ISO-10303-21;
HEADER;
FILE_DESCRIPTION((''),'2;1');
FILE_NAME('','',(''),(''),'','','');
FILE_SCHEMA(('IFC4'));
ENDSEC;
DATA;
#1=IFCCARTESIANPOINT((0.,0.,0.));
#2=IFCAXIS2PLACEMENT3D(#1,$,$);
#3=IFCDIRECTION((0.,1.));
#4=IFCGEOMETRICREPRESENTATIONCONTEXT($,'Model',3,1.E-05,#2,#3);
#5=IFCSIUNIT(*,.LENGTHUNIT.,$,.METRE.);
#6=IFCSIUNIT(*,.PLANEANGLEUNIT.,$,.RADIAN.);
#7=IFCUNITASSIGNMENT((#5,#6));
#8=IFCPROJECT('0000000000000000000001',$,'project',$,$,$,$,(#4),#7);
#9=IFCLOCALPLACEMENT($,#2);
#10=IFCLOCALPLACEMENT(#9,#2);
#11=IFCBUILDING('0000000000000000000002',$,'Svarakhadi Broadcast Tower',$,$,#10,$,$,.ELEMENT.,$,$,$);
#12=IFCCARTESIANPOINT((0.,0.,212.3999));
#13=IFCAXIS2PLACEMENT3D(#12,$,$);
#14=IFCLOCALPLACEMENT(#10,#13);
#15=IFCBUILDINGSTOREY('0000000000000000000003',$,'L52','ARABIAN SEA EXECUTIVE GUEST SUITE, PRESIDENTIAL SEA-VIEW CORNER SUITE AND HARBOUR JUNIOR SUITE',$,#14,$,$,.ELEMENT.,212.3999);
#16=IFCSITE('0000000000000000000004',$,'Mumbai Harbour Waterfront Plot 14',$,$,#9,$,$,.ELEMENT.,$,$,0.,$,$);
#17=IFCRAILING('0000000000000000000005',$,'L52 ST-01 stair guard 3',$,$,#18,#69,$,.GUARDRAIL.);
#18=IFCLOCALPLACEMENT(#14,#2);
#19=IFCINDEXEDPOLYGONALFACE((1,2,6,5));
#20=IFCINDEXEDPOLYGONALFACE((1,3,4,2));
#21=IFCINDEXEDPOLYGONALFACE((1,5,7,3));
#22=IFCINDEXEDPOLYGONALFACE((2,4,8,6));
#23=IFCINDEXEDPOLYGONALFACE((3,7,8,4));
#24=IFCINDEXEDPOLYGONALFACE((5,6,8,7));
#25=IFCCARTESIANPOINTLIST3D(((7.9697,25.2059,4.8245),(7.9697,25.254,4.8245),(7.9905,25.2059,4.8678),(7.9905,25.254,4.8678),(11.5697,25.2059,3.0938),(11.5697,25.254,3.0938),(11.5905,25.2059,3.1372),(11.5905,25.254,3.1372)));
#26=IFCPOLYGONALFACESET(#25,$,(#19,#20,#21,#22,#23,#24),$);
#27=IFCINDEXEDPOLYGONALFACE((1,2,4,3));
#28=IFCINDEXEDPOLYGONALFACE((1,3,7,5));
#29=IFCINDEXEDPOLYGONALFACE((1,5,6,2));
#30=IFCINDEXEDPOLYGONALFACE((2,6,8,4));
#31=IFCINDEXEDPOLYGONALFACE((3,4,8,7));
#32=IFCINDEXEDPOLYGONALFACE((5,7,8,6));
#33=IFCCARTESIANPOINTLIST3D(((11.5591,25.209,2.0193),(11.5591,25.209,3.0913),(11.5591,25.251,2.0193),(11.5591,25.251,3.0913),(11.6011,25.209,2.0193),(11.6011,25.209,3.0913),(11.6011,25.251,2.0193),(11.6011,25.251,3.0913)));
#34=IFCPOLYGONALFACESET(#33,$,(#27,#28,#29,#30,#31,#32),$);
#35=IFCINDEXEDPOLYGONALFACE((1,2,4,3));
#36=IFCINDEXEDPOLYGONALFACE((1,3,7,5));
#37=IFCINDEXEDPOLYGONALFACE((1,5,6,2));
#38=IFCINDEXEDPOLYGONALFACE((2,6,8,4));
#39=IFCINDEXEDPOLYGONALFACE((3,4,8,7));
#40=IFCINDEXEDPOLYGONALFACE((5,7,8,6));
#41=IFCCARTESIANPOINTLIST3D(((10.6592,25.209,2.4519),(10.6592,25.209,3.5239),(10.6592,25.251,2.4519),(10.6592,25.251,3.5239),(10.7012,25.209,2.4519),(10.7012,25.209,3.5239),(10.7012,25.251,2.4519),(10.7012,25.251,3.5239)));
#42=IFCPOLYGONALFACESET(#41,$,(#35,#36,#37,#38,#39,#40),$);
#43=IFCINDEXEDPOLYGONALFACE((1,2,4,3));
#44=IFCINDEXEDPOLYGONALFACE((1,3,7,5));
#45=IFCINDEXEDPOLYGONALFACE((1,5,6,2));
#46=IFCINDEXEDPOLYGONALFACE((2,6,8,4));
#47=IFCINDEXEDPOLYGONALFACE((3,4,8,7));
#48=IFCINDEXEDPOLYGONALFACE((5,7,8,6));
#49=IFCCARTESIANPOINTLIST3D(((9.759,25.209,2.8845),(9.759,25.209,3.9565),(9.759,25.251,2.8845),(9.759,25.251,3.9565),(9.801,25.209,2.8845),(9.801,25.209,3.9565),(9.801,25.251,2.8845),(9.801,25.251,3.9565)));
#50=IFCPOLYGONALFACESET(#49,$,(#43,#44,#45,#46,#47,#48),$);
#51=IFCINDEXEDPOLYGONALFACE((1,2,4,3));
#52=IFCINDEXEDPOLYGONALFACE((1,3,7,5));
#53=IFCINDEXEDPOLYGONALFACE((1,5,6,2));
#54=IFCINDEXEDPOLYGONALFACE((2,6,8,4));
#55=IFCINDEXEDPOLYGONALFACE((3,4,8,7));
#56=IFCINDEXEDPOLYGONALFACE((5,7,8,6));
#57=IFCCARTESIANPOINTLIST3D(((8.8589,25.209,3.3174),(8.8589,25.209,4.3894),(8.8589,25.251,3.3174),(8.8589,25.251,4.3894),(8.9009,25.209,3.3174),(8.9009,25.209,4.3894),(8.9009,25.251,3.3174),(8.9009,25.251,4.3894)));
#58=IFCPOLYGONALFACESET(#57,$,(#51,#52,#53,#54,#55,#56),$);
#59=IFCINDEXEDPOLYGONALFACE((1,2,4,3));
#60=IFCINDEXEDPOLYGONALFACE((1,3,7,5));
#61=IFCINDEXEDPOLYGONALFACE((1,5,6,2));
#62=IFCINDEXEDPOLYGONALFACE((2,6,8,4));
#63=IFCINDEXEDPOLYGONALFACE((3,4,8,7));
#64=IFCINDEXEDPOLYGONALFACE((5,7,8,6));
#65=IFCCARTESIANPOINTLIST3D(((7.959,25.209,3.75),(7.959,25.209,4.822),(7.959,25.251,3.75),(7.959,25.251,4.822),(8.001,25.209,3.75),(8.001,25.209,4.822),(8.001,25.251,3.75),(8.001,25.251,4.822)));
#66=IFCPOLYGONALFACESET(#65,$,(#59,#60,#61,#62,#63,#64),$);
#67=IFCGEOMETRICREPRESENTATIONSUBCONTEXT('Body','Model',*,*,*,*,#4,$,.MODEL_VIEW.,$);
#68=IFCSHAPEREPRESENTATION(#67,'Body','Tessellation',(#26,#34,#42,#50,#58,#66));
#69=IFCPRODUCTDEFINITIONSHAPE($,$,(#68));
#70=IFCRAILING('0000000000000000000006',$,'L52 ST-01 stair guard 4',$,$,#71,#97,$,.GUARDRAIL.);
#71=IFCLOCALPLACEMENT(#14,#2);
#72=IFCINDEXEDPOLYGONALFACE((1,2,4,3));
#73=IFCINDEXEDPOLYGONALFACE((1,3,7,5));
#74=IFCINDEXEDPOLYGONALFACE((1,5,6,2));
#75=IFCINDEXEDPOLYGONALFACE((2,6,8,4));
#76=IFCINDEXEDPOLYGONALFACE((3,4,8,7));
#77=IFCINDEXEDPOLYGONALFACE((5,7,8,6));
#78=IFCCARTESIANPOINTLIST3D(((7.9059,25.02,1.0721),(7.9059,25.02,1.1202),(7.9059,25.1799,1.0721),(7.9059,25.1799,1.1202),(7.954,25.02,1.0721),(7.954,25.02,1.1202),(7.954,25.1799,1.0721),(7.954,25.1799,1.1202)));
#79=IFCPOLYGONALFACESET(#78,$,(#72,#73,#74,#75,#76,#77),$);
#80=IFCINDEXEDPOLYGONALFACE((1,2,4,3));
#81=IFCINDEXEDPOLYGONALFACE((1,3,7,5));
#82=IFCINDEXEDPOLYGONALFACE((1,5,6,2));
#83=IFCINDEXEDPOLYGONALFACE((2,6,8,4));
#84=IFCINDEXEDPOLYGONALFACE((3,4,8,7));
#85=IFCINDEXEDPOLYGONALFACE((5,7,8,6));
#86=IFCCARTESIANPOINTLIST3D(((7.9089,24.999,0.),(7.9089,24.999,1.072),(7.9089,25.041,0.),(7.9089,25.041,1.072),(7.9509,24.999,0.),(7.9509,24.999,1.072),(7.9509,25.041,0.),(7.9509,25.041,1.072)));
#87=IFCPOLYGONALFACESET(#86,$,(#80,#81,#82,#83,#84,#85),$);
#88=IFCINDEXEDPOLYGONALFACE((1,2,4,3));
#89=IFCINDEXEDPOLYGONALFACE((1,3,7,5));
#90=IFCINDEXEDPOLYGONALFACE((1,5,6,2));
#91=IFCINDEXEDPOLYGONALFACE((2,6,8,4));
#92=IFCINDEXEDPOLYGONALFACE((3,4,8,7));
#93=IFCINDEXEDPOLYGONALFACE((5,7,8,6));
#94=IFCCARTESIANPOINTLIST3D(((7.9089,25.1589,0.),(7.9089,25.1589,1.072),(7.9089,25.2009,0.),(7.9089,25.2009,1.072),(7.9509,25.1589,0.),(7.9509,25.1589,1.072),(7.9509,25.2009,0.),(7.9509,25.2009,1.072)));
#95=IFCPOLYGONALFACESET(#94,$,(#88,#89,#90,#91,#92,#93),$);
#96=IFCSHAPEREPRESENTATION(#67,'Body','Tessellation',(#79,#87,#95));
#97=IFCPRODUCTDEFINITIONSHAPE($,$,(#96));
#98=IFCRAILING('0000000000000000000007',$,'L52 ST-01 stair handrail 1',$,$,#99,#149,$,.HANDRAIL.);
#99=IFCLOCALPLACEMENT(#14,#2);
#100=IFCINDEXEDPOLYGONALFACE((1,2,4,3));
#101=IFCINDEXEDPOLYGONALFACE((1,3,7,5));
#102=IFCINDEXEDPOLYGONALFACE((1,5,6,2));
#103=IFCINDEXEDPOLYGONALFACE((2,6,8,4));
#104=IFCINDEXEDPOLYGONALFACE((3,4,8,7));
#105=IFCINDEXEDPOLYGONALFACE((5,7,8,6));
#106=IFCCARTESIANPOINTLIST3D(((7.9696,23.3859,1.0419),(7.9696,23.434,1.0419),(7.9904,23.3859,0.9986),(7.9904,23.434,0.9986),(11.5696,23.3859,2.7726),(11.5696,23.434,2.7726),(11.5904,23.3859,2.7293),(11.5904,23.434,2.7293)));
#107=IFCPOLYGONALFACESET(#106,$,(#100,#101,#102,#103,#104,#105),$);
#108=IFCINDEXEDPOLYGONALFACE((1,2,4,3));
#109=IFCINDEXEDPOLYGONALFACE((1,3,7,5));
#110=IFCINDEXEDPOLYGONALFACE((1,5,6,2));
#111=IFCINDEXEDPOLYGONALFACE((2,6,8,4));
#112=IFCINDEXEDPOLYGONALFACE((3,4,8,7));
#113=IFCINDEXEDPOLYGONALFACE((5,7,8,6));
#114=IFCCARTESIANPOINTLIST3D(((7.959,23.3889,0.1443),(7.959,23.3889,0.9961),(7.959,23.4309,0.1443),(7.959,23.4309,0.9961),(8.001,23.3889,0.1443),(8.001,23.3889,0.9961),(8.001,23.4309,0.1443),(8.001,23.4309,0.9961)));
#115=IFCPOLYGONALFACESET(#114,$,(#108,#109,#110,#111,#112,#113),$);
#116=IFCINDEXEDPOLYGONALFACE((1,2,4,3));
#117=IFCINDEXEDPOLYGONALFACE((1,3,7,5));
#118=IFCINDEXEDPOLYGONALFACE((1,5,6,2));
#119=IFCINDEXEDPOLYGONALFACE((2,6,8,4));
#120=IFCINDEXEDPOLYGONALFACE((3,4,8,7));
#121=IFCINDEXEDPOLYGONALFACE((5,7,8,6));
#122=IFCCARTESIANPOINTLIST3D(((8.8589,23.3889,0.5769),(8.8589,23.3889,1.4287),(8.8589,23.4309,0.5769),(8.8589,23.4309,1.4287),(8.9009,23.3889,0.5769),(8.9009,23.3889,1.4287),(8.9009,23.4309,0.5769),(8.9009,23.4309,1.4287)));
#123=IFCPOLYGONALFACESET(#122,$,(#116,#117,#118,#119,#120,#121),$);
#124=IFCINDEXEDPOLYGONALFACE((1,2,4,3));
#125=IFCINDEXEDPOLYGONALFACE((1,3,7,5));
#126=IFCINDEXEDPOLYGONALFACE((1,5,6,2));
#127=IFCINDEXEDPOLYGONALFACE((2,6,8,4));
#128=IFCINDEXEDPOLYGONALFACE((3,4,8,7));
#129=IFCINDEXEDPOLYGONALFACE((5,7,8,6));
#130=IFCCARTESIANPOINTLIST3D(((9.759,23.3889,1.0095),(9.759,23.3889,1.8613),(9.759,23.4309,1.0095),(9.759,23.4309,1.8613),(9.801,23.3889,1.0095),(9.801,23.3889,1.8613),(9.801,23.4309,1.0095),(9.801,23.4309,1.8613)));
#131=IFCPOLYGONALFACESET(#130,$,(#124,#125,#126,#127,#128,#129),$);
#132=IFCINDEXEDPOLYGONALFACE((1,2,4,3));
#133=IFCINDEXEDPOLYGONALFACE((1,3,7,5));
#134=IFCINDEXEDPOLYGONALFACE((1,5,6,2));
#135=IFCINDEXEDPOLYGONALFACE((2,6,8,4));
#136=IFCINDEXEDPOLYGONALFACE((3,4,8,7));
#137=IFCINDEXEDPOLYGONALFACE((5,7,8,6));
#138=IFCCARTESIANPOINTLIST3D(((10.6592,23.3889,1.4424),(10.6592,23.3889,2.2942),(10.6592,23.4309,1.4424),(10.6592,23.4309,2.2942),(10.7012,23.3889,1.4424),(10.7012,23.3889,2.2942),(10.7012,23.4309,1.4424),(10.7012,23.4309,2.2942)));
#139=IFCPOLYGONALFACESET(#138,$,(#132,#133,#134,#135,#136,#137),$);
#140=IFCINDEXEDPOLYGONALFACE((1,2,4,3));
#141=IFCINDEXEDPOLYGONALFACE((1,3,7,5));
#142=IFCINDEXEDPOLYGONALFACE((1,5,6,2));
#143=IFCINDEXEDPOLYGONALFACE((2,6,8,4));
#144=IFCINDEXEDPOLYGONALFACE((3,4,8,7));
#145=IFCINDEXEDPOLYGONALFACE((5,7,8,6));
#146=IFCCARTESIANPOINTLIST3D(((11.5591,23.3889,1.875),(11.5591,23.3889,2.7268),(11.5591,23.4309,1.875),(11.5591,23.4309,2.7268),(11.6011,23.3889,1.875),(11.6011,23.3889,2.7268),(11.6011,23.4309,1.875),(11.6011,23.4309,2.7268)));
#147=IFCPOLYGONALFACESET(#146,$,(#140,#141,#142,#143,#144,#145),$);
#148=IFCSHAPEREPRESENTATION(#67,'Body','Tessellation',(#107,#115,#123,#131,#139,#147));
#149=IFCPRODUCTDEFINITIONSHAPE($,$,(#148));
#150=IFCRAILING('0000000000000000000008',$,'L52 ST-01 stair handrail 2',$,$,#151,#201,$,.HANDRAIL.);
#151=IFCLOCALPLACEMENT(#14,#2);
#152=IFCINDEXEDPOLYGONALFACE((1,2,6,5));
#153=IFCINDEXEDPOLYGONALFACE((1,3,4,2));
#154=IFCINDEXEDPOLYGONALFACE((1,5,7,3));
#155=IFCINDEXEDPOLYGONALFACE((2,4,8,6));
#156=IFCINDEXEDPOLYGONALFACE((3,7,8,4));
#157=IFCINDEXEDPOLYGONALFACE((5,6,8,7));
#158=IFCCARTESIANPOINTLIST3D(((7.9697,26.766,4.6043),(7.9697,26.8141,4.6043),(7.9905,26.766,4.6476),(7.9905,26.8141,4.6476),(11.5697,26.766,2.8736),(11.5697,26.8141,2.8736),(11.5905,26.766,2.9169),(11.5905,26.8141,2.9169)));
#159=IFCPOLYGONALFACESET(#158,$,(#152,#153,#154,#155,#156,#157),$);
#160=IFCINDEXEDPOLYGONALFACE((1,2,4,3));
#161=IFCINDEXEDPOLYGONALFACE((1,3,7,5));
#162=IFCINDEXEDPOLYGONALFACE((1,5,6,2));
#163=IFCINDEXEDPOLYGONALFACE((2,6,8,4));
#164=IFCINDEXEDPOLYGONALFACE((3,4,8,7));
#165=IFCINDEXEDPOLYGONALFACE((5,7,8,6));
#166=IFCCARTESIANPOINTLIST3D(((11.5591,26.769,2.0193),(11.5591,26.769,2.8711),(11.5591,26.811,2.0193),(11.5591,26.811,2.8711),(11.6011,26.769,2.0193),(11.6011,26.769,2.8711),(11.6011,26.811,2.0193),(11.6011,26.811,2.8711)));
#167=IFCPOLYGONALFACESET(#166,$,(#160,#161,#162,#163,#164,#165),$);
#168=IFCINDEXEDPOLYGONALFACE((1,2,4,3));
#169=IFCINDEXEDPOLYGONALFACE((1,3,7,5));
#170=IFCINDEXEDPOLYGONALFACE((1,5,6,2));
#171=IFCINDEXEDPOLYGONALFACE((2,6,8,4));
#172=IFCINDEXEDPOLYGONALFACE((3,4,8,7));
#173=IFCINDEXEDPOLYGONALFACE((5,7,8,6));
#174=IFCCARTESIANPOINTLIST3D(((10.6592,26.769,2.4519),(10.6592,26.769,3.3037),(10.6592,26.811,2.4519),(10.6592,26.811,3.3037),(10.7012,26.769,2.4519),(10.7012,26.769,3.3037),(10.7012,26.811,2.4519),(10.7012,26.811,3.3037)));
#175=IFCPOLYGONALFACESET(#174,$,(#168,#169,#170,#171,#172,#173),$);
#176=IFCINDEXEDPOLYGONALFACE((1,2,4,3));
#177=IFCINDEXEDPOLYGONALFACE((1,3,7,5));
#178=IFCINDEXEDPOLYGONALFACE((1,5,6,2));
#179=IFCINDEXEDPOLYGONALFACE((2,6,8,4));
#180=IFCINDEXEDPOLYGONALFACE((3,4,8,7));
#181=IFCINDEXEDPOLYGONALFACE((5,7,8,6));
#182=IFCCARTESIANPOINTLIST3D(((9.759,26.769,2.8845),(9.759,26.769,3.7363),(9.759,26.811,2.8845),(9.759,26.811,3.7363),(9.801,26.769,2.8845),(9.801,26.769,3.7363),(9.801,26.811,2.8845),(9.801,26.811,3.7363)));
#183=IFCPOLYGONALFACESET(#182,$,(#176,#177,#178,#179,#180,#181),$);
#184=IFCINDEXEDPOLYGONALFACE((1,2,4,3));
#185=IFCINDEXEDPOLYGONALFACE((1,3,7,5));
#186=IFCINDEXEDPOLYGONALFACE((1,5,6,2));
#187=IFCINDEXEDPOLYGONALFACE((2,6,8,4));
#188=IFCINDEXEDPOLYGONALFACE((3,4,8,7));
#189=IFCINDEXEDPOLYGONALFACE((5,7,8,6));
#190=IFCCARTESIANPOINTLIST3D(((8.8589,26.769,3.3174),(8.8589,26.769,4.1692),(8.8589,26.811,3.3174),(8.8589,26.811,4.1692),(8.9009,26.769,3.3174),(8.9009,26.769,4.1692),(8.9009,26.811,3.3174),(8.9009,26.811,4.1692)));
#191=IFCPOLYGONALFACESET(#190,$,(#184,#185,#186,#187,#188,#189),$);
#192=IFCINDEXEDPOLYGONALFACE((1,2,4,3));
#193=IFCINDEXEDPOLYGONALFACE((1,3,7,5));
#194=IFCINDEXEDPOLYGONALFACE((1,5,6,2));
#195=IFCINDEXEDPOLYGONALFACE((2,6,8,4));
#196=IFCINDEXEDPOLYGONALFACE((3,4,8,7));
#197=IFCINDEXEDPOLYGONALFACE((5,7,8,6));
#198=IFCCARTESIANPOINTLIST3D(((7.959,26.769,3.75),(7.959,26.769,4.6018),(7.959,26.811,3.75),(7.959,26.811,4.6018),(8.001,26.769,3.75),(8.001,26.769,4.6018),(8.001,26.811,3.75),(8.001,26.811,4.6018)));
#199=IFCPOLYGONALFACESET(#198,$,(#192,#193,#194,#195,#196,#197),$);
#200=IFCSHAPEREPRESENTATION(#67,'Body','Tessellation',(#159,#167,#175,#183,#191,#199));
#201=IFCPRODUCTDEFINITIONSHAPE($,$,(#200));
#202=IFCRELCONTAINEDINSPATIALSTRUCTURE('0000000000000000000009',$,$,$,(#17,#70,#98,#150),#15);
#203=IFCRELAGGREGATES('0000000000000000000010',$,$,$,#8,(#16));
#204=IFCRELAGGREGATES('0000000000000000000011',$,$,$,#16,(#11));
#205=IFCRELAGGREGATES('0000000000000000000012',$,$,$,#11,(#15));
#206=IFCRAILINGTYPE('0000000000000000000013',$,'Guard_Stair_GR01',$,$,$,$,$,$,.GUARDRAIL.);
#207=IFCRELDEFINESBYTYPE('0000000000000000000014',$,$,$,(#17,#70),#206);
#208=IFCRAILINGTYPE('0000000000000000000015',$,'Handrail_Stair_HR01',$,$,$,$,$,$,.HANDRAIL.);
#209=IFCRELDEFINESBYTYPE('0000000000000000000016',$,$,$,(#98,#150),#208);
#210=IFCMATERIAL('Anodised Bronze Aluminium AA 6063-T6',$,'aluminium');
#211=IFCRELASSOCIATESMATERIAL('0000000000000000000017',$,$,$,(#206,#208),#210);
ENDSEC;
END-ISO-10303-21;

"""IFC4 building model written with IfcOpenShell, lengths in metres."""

from ifc_helpers import new_model, si_unit, direction, frame, origin, origin_2d, place, context, subcontext, project, spatial, rectangle, extrude, material, type_object, element, save


model = new_model("IFC4")

# Units and contexts
model_context = context("Model", 3, precision=1e-05, world=origin(), true_north=direction((0.0, 1.0)))
body_context = subcontext(model_context, "Body", "Model", "MODEL_VIEW")
ifc_project = project(units=[si_unit("LENGTHUNIT", "METRE"), si_unit("PLANEANGLEUNIT", "RADIAN")], contexts=[model_context])

# Site, building, storey
site_placement = place(None, origin())
site = spatial("IfcSite", under=ifc_project, at=site_placement, Name="Mumbai Harbour Waterfront Plot 14", CompositionType="ELEMENT", RefElevation=0.0)
building_placement = place(site_placement, origin())
building = spatial("IfcBuilding", under=site, at=building_placement, Name="Svarakhadi Broadcast Tower", CompositionType="ELEMENT")
storey_placement = place(building_placement, frame((0.0, 0.0, 212.3999)))
storey = spatial("IfcBuildingStorey", under=building, at=storey_placement, Name="L52", Description="ARABIAN SEA EXECUTIVE GUEST SUITE, PRESIDENTIAL SEA-VIEW CORNER SUITE AND HARBOUR JUNIOR SUITE", CompositionType="ELEMENT", Elevation=212.3999)

# Railings
ifc_material_1 = material(Name="Anodised Bronze Aluminium AA 6063-T6", Category="aluminium")
railing_type_1 = type_object("IfcRailingType", Name="Guard_Stair_GR01", PredefinedType="GUARDRAIL", material=ifc_material_1)
railing_1_placement = place(storey_placement, frame((11.5801, 25.23, 2.0193)))
element("IfcRailing", 1, at=railing_1_placement, inside=storey, type_object=railing_type_1, Name="L52 ST-01 stair guard 3", PredefinedType="GUARDRAIL", context=body_context, shape_type="SweptSolid", body=[
    extrude(rectangle(XDim=0.0481, YDim=0.0481, at=origin_2d()), frame((0.0, 0.0, 1.0962), z_axis=(-0.901263, 0.0, 0.433273), x_axis=(0.0, -1.0, 0.0)), (0.0, 0.0, 1.0), 3.9944),
    extrude(rectangle(XDim=0.042, YDim=0.042, at=origin_2d()), origin(), (0.0, 0.0, 1.0), 1.072),
    extrude(rectangle(XDim=0.042, YDim=0.042, at=origin_2d()), frame((-0.8999, 0.0, 0.4326)), (0.0, 0.0, 1.0), 1.072),
    extrude(rectangle(XDim=0.042, YDim=0.042, at=origin_2d()), frame((-1.8, 0.0, 0.8652)), (0.0, 0.0, 1.0), 1.072),
    extrude(rectangle(XDim=0.042, YDim=0.042, at=origin_2d()), frame((-2.7002, 0.0, 1.2981)), (0.0, 0.0, 1.0), 1.072),
    extrude(rectangle(XDim=0.042, YDim=0.042, at=origin_2d()), frame((-3.6001, 0.0, 1.7307)), (0.0, 0.0, 1.0), 1.072),
])
railing_2_placement = place(storey_placement, frame((7.9299, 25.02, 0.0)))
element("IfcRailing", 2, at=railing_2_placement, inside=storey, type_object=railing_type_1, Name="L52 ST-01 stair guard 4", PredefinedType="GUARDRAIL", context=body_context, shape_type="SweptSolid", body=[
    extrude(rectangle(XDim=0.0481, YDim=0.0481, at=origin_2d()), frame((0.0, 0.0, 1.0962), z_axis=(0.0, 1.0, 0.0), x_axis=(-1.0, 0.0, 0.0)), (0.0, 0.0, 1.0), 0.1599),
    extrude(rectangle(XDim=0.042, YDim=0.042, at=origin_2d()), origin(), (0.0, 0.0, 1.0), 1.072),
    extrude(rectangle(XDim=0.042, YDim=0.042, at=origin_2d()), frame((0.0, 0.1599, 0.0)), (0.0, 0.0, 1.0), 1.072),
])
railing_type_2 = type_object("IfcRailingType", Name="Handrail_Stair_HR01", PredefinedType="HANDRAIL", material=ifc_material_1)
railing_3_placement = place(storey_placement, frame((7.98, 23.4099, 0.1443)))
element("IfcRailing", 3, at=railing_3_placement, inside=storey, type_object=railing_type_2, Name="L52 ST-01 stair handrail 1", PredefinedType="HANDRAIL", context=body_context, shape_type="SweptSolid", body=[
    extrude(rectangle(XDim=0.0481, YDim=0.0481, at=origin_2d()), frame((0.0, 0.0, 0.876), z_axis=(0.901263, 0.0, 0.433273), x_axis=(0.0, 1.0, 0.0)), (0.0, 0.0, 1.0), 3.9944),
    extrude(rectangle(XDim=0.042, YDim=0.042, at=origin_2d()), origin(), (0.0, 0.0, 1.0), 0.8518),
    extrude(rectangle(XDim=0.042, YDim=0.042, at=origin_2d()), frame((0.8999, 0.0, 0.4326)), (0.0, 0.0, 1.0), 0.8518),
    extrude(rectangle(XDim=0.042, YDim=0.042, at=origin_2d()), frame((1.8, 0.0, 0.8652)), (0.0, 0.0, 1.0), 0.8518),
    extrude(rectangle(XDim=0.042, YDim=0.042, at=origin_2d()), frame((2.7002, 0.0, 1.2981)), (0.0, 0.0, 1.0), 0.8518),
    extrude(rectangle(XDim=0.042, YDim=0.042, at=origin_2d()), frame((3.6001, 0.0, 1.7307)), (0.0, 0.0, 1.0), 0.8518),
])
railing_4_placement = place(storey_placement, frame((11.5801, 26.79, 2.0193)))
element("IfcRailing", 4, at=railing_4_placement, inside=storey, type_object=railing_type_2, Name="L52 ST-01 stair handrail 2", PredefinedType="HANDRAIL", context=body_context, shape_type="SweptSolid", body=[
    extrude(rectangle(XDim=0.0481, YDim=0.0481, at=origin_2d()), frame((0.0, 0.0, 0.876), z_axis=(-0.901263, 0.0, 0.433273), x_axis=(0.0, -1.0, 0.0)), (0.0, 0.0, 1.0), 3.9944),
    extrude(rectangle(XDim=0.042, YDim=0.042, at=origin_2d()), origin(), (0.0, 0.0, 1.0), 0.8518),
    extrude(rectangle(XDim=0.042, YDim=0.042, at=origin_2d()), frame((-0.8999, 0.0, 0.4326)), (0.0, 0.0, 1.0), 0.8518),
    extrude(rectangle(XDim=0.042, YDim=0.042, at=origin_2d()), frame((-1.8, 0.0, 0.8652)), (0.0, 0.0, 1.0), 0.8518),
    extrude(rectangle(XDim=0.042, YDim=0.042, at=origin_2d()), frame((-2.7002, 0.0, 1.2981)), (0.0, 0.0, 1.0), 0.8518),
    extrude(rectangle(XDim=0.042, YDim=0.042, at=origin_2d()), frame((-3.6001, 0.0, 1.7307)), (0.0, 0.0, 1.0), 0.8518),
])

save(model, "model.ifc")
